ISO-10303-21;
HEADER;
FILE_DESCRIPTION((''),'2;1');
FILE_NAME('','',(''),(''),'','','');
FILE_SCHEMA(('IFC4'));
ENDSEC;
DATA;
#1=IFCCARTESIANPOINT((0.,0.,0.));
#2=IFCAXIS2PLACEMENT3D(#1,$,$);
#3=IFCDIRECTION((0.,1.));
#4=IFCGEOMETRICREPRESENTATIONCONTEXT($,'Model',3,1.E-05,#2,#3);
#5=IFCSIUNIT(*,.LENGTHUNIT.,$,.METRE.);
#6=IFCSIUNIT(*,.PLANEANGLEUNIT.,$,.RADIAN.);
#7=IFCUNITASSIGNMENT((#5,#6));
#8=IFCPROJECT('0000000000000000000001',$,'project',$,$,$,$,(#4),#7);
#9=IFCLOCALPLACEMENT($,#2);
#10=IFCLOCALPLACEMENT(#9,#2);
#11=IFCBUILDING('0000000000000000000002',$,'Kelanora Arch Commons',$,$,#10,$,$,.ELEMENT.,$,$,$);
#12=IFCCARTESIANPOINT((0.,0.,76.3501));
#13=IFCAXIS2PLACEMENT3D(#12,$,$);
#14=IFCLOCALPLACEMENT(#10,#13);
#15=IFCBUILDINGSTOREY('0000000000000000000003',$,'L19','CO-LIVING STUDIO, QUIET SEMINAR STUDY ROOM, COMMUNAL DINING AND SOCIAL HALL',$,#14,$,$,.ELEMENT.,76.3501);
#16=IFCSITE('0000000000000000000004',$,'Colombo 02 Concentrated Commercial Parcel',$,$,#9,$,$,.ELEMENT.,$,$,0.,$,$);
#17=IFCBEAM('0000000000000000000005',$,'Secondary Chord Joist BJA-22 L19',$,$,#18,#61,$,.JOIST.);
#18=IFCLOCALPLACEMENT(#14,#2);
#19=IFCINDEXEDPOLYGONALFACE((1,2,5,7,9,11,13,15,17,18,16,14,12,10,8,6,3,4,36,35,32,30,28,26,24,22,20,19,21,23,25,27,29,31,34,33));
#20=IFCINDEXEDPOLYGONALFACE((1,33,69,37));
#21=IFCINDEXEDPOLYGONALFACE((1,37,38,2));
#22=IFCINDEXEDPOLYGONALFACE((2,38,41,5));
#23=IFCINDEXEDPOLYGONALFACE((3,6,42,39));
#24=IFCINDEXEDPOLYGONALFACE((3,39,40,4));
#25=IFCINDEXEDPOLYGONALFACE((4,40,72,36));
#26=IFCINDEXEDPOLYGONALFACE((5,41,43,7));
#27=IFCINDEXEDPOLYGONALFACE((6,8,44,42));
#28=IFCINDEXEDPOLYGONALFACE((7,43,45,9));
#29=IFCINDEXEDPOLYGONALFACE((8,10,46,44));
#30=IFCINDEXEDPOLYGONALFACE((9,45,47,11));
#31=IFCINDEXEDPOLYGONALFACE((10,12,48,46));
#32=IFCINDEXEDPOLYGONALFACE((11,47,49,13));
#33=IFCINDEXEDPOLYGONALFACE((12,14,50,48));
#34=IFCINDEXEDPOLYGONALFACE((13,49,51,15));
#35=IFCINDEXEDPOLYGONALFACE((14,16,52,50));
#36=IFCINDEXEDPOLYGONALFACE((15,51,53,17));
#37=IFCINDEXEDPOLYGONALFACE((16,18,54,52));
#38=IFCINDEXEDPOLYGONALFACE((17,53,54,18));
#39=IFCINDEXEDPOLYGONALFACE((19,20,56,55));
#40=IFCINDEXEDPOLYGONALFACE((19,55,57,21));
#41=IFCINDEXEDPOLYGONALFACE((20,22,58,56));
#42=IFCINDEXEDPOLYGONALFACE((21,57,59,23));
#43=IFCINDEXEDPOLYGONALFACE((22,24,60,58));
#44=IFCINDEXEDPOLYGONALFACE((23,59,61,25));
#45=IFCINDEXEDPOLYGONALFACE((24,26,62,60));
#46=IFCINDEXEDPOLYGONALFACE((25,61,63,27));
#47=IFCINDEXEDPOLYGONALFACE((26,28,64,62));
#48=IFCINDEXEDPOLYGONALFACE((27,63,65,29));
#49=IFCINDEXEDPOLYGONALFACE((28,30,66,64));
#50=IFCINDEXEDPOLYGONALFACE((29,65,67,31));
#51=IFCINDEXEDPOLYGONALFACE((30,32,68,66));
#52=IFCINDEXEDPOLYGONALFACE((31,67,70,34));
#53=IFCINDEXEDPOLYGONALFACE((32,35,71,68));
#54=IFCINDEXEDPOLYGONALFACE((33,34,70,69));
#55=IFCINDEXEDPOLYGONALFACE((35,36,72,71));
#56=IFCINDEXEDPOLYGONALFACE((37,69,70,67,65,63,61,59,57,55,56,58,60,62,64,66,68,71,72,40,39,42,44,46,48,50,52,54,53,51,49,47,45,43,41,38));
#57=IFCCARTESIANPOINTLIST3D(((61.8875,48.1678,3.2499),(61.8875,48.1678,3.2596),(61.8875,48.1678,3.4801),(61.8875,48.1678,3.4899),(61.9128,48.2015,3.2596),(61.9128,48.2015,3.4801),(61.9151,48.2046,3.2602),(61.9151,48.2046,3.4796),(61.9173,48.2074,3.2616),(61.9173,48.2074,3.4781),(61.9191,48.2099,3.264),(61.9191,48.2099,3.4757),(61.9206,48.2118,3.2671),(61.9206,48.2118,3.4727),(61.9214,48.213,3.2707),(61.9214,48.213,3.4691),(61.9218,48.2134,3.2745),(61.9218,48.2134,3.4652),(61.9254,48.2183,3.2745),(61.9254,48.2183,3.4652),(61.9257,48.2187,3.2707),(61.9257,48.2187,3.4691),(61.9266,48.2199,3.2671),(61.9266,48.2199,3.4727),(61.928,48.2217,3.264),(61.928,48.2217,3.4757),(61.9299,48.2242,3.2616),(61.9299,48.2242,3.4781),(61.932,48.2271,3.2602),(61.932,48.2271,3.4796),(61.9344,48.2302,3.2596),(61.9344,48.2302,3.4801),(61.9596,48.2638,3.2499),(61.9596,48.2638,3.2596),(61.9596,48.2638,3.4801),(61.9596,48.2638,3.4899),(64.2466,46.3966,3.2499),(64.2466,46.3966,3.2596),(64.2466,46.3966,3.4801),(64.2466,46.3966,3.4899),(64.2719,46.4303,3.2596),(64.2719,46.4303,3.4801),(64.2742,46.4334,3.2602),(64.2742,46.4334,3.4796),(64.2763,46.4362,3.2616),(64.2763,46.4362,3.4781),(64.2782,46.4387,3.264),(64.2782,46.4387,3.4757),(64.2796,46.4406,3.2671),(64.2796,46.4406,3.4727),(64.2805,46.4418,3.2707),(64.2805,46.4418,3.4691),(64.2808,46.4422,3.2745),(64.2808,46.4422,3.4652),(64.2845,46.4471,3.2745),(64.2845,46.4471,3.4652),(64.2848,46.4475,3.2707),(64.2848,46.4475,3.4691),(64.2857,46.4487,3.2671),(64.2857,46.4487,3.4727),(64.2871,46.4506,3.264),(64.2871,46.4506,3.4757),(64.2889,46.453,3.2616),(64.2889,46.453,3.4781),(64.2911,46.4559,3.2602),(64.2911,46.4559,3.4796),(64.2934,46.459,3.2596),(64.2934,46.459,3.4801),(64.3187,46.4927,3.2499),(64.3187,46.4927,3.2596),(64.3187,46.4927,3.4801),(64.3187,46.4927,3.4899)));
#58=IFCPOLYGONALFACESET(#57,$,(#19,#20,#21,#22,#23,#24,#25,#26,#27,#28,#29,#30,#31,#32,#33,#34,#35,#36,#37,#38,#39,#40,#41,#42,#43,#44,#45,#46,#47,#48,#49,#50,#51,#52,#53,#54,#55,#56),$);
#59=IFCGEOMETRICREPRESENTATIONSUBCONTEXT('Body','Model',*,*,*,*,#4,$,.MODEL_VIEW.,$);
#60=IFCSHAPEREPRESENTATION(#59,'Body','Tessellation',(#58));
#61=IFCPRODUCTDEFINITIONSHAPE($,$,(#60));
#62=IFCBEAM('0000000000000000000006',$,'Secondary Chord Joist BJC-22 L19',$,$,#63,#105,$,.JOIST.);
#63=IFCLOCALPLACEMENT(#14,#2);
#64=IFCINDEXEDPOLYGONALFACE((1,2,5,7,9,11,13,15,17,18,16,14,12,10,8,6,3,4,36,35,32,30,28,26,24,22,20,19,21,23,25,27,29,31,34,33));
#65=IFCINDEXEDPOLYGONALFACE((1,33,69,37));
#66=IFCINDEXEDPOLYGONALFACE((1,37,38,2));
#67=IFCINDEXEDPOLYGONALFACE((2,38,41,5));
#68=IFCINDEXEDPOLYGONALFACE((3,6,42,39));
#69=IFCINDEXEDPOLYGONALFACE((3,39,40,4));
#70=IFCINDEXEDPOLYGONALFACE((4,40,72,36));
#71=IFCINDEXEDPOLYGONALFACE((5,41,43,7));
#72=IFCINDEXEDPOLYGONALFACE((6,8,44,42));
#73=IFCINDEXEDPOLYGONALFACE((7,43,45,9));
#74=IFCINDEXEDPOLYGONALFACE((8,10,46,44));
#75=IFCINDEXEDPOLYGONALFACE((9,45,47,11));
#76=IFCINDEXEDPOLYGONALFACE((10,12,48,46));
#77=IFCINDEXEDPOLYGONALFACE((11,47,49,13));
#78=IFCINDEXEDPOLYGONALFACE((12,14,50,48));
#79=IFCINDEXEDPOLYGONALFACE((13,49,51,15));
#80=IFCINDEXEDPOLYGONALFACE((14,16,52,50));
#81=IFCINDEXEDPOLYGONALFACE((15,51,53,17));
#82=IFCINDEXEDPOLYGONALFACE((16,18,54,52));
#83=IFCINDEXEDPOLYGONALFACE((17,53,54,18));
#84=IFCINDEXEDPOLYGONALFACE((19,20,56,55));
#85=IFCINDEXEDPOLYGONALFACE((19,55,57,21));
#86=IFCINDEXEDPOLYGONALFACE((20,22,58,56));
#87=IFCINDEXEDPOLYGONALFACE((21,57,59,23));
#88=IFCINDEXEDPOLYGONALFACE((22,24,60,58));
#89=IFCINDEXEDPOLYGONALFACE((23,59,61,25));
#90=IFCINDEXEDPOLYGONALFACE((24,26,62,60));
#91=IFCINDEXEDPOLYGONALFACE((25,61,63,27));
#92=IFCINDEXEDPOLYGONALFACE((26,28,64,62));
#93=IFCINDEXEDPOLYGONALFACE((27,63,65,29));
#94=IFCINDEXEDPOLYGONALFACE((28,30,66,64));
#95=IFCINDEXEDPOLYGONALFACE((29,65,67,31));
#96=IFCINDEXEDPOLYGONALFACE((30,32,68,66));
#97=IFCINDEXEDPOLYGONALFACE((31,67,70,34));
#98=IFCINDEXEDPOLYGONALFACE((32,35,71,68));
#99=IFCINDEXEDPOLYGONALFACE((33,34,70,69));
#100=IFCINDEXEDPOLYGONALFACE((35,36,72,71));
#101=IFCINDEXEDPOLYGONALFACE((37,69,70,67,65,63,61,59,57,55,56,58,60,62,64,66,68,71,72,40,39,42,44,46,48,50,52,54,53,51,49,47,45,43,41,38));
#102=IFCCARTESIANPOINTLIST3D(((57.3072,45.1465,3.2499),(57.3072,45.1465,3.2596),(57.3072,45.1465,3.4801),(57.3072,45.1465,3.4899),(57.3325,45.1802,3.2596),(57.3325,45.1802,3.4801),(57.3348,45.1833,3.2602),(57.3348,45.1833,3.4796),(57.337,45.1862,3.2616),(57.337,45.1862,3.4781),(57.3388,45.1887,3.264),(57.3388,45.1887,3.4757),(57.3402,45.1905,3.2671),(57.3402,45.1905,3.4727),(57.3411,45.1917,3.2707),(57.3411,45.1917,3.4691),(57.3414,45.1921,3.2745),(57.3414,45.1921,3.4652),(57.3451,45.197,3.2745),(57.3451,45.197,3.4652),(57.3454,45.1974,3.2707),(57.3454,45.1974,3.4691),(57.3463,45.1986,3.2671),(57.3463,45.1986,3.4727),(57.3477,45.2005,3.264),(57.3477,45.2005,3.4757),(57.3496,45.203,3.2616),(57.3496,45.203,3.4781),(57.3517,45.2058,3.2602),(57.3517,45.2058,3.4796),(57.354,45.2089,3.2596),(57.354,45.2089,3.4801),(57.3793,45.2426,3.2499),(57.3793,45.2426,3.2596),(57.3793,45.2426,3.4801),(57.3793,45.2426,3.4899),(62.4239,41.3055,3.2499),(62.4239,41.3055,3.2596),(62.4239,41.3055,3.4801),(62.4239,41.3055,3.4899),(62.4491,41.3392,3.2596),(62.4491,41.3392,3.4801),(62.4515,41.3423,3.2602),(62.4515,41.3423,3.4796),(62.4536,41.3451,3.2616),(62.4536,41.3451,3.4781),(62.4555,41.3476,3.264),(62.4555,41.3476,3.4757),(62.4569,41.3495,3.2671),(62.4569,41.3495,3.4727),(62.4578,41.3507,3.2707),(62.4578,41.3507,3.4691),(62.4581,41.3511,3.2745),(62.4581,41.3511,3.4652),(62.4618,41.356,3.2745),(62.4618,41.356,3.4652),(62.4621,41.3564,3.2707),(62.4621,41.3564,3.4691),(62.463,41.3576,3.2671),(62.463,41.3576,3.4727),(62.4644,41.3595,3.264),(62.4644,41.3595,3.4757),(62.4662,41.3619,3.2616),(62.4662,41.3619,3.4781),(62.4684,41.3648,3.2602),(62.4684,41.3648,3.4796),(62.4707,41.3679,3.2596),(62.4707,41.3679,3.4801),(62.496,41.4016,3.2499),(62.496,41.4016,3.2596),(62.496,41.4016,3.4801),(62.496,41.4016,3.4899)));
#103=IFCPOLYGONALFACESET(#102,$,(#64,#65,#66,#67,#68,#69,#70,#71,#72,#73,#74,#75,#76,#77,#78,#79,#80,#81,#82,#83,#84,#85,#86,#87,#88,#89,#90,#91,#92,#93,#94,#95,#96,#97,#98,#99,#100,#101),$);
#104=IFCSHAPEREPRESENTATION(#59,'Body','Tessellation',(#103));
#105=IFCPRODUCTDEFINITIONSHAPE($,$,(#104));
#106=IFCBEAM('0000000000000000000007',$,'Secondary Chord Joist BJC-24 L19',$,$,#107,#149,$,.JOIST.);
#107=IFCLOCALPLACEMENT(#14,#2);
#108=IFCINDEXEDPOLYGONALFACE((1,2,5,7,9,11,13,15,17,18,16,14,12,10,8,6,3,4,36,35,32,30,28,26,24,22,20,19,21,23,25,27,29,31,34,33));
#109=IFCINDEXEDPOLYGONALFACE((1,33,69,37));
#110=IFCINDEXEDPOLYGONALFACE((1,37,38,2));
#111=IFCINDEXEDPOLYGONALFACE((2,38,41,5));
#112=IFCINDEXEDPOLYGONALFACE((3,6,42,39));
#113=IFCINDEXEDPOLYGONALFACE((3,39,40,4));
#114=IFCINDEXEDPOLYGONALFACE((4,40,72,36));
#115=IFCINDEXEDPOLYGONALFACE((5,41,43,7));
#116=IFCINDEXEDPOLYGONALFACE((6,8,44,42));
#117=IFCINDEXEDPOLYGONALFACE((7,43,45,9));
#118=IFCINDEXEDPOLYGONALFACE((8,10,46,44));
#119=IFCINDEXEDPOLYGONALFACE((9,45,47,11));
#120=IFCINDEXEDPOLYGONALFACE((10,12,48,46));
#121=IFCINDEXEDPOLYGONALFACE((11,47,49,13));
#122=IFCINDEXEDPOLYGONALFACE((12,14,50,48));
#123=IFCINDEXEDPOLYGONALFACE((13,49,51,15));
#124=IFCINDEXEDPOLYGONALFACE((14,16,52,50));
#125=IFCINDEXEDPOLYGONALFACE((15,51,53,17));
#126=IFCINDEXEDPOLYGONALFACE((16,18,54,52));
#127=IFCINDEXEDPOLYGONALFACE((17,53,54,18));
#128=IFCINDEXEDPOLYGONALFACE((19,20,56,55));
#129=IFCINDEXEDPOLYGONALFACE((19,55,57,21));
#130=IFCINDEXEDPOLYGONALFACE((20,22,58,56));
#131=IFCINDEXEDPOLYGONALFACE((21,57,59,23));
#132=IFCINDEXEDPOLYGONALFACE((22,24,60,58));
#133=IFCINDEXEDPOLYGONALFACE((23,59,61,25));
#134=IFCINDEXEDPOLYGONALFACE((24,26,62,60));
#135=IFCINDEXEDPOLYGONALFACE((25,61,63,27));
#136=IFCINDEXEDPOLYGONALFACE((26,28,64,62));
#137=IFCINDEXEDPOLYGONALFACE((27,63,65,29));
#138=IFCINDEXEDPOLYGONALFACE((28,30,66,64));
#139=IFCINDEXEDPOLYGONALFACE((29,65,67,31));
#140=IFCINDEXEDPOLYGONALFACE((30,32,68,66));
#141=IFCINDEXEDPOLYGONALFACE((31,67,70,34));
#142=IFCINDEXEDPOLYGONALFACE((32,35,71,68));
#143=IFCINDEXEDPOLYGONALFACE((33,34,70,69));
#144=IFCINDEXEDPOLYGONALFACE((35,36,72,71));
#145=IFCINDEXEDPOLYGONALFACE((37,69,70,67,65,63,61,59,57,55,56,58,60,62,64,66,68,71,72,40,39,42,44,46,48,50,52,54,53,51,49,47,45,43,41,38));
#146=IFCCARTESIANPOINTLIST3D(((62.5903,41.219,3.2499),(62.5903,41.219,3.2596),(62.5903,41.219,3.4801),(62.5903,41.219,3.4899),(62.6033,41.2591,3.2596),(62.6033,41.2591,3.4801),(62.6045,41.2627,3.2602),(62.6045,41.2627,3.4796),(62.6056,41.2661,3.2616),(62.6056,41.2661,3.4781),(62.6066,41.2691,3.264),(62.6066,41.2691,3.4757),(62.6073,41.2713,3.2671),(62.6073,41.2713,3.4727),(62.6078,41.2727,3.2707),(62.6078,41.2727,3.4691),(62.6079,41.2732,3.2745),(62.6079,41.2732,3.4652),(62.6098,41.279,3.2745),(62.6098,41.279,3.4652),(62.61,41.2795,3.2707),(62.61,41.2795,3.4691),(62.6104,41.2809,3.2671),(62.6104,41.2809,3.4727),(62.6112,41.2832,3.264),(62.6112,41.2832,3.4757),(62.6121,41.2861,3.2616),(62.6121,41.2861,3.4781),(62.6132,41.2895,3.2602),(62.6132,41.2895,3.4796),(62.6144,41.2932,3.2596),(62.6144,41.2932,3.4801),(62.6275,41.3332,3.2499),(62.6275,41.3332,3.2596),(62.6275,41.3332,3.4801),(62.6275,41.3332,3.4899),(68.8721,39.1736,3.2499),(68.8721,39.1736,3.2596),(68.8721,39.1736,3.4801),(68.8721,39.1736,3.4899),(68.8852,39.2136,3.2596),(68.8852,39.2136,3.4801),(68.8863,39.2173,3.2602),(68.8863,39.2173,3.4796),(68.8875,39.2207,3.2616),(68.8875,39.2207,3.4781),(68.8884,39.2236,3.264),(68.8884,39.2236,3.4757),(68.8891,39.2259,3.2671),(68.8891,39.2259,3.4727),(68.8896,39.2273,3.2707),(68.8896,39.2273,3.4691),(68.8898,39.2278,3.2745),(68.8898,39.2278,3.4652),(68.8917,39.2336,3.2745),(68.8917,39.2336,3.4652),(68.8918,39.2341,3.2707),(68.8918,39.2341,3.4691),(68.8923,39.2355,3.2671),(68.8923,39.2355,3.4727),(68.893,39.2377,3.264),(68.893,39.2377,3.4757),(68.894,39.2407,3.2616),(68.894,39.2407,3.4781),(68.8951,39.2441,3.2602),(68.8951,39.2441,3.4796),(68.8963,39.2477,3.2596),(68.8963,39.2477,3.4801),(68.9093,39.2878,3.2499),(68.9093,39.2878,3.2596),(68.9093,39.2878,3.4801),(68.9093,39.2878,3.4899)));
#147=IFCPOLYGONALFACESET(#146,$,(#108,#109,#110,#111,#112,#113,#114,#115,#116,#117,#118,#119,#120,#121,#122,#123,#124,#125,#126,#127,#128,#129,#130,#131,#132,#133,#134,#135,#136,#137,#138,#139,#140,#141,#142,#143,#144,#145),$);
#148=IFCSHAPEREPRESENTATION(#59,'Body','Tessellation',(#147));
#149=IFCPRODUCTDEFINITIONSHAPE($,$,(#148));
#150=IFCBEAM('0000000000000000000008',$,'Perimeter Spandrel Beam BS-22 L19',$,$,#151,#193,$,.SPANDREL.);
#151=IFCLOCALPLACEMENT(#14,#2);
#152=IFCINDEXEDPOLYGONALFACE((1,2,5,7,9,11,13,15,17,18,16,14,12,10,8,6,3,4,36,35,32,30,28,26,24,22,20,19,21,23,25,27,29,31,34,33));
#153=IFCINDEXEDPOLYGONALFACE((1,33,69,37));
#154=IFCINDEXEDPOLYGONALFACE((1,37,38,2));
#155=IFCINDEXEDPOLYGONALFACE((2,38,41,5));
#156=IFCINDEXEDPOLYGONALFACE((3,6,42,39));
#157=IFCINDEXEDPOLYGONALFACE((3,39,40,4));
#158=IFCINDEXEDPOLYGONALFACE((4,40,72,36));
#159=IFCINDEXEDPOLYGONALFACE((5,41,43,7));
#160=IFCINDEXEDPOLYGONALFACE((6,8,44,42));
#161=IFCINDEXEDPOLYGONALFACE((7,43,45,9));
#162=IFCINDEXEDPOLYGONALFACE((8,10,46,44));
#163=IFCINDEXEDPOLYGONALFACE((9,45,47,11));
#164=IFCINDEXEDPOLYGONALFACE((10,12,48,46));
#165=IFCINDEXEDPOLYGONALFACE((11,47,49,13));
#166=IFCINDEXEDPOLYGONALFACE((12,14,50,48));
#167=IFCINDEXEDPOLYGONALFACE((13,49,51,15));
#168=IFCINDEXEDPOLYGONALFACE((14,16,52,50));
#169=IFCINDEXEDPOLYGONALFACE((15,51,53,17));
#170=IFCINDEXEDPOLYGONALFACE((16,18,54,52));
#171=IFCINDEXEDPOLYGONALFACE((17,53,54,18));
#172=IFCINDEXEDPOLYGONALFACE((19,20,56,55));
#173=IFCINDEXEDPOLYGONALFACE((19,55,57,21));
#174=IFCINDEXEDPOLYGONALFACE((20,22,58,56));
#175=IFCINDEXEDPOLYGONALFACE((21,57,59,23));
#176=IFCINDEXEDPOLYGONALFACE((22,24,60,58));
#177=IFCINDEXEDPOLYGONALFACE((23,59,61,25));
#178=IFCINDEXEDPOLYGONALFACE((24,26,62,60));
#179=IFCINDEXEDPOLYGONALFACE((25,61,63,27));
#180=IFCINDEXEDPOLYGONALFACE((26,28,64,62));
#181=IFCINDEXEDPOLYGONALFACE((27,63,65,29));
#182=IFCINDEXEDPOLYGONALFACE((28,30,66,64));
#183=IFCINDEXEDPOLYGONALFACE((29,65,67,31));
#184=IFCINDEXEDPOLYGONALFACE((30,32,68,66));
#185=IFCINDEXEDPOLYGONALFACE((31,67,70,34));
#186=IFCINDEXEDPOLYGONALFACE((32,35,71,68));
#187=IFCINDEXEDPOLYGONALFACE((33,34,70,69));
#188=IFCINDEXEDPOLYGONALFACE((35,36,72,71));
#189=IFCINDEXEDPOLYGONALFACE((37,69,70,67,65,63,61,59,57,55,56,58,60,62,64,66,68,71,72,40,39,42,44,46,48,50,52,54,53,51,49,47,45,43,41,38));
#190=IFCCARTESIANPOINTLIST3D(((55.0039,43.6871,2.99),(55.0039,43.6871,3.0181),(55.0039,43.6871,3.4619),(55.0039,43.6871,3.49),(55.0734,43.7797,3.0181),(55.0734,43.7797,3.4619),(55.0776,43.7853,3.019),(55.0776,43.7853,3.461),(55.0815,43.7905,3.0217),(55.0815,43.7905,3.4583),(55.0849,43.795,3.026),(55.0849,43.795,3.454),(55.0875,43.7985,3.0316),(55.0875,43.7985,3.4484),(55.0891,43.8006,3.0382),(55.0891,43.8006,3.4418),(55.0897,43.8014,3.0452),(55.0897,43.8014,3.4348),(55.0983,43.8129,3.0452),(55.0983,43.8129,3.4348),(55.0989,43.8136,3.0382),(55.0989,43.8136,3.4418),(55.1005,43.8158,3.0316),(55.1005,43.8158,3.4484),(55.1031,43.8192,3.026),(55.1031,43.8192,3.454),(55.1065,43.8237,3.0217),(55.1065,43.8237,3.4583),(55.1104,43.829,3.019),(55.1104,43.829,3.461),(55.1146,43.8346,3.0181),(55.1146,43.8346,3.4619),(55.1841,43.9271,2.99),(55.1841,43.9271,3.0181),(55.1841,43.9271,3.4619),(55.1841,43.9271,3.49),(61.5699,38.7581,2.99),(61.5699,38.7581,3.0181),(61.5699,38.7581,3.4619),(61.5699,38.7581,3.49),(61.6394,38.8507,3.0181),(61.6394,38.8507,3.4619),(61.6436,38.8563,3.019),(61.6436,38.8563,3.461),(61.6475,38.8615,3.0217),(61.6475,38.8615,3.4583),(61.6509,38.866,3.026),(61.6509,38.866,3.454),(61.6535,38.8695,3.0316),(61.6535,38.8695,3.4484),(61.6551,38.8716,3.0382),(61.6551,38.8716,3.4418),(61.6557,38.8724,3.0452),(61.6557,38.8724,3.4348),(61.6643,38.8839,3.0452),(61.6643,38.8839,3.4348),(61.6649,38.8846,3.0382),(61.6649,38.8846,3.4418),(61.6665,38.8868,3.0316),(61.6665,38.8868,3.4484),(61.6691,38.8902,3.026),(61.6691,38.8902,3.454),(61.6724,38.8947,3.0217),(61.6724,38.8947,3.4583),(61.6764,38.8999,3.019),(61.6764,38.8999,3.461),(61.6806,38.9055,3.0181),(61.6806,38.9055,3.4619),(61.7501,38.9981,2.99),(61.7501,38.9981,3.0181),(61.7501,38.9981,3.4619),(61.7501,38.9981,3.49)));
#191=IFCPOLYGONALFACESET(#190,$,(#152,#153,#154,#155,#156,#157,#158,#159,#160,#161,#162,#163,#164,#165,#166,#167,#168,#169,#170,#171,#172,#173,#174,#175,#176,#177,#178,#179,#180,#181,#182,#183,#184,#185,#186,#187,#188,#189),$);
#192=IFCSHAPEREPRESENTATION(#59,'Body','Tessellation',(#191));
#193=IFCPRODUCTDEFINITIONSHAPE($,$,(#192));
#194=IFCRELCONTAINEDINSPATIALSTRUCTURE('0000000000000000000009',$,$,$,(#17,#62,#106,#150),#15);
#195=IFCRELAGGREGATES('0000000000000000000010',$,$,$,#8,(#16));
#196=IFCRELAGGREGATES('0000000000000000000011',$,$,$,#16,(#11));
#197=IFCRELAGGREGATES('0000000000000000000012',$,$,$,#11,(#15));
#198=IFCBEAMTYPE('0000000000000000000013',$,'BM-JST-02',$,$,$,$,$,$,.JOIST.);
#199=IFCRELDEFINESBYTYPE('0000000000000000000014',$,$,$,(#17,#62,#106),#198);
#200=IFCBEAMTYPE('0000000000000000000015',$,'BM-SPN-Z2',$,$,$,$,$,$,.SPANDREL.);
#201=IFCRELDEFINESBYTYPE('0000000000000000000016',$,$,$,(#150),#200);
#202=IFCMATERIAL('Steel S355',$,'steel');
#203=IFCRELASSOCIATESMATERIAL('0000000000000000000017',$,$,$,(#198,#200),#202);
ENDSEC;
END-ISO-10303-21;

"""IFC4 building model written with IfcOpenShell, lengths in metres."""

from ifc_helpers import new_model, si_unit, direction, frame, origin, origin_2d, place, context, subcontext, project, spatial, i_section, extrude, material, material_profile, profile_set, type_object, element, save


model = new_model("IFC4")

# Units and contexts
model_context = context("Model", 3, precision=1e-05, world=origin(), true_north=direction((0.0, 1.0)))
body_context = subcontext(model_context, "Body", "Model", "MODEL_VIEW")
ifc_project = project(units=[si_unit("LENGTHUNIT", "METRE"), si_unit("PLANEANGLEUNIT", "RADIAN")], contexts=[model_context])

# Site, building, storey
site_placement = place(None, origin())
site = spatial("IfcSite", under=ifc_project, at=site_placement, Name="Colombo 02 Concentrated Commercial Parcel", CompositionType="ELEMENT", RefElevation=0.0)
building_placement = place(site_placement, origin())
building = spatial("IfcBuilding", under=site, at=building_placement, Name="Kelanora Arch Commons", CompositionType="ELEMENT")
storey_placement = place(building_placement, frame((0.0, 0.0, 76.3501)))
storey = spatial("IfcBuildingStorey", under=building, at=storey_placement, Name="L19", Description="CO-LIVING STUDIO, QUIET SEMINAR STUDY ROOM, COMMUNAL DINING AND SOCIAL HALL", CompositionType="ELEMENT", Elevation=76.3501)

# Beams
ifc_material_1 = material(Name="Steel S355", Category="steel")
ifc_material_profile_1 = material_profile(ifc_material_1, i_section(OverallWidth=0.1201, OverallDepth=0.24, WebThickness=0.0061, FlangeThickness=0.0098, FilletRadius=0.0149, at=origin_2d()), Name="IPE240")
ifc_profile_set_1 = profile_set([ifc_material_profile_1], Name="Steel S355")
beam_type_1 = type_object("IfcBeamType", Name="BM-JST-02", PredefinedType="JOIST", material=ifc_profile_set_1)
beam_1_placement = place(storey_placement, frame((61.9236, 48.2158, 3.3699), z_axis=(0.799692, -0.60041, 0.0), x_axis=(0.60041, 0.799692, 0.0)))
element("IfcBeam", 1, at=beam_1_placement, inside=storey, type_object=beam_type_1, Name="Secondary Chord Joist BJA-22 L19", PredefinedType="JOIST", context=body_context, shape_type="SweptSolid", body=[
    extrude(i_section(OverallWidth=0.1201, OverallDepth=0.24, WebThickness=0.0061, FlangeThickness=0.0098, FilletRadius=0.0149, at=origin_2d()), origin(), (0.0, 0.0, 1.0), 2.95),
])
beam_2_placement = place(storey_placement, frame((57.3433, 45.1946, 3.3699), z_axis=(0.799734, -0.600354, 0.0), x_axis=(0.600354, 0.799734, 0.0)))
element("IfcBeam", 2, at=beam_2_placement, inside=storey, type_object=beam_type_1, Name="Secondary Chord Joist BJC-22 L19", PredefinedType="JOIST", context=body_context, shape_type="SweptSolid", body=[
    extrude(i_section(OverallWidth=0.1201, OverallDepth=0.24, WebThickness=0.0061, FlangeThickness=0.0098, FilletRadius=0.0149, at=origin_2d()), origin(), (0.0, 0.0, 1.0), 6.3979),
])
beam_3_placement = place(storey_placement, frame((62.6089, 41.2761, 3.3699), z_axis=(0.950863, -0.309612, 0.0), x_axis=(0.309612, 0.950863, 0.0)))
element("IfcBeam", 3, at=beam_3_placement, inside=storey, type_object=beam_type_1, Name="Secondary Chord Joist BJC-24 L19", PredefinedType="JOIST", context=body_context, shape_type="SweptSolid", body=[
    extrude(i_section(OverallWidth=0.1201, OverallDepth=0.24, WebThickness=0.0061, FlangeThickness=0.0098, FilletRadius=0.0149, at=origin_2d()), origin(), (0.0, 0.0, 1.0), 6.6064),
])
ifc_material_profile_2 = material_profile(ifc_material_1, i_section(OverallWidth=0.3, OverallDepth=0.5, WebThickness=0.0144, FlangeThickness=0.0281, FilletRadius=0.0271, at=origin_2d()), Name="HEB500")
ifc_profile_set_2 = profile_set([ifc_material_profile_2], Name="Steel S355")
beam_type_2 = type_object("IfcBeamType", Name="BM-SPN-Z2", PredefinedType="SPANDREL", material=ifc_profile_set_2)
beam_4_placement = place(storey_placement, frame((55.094, 43.8071, 3.24), z_axis=(0.799736, -0.600352, 0.0), x_axis=(0.600352, 0.799736, 0.0)))
element("IfcBeam", 4, at=beam_4_placement, inside=storey, type_object=beam_type_2, Name="Perimeter Spandrel Beam BS-22 L19", PredefinedType="SPANDREL", context=body_context, shape_type="SweptSolid", body=[
    extrude(i_section(OverallWidth=0.3, OverallDepth=0.5, WebThickness=0.0144, FlangeThickness=0.0281, FilletRadius=0.0271, at=origin_2d()), origin(), (0.0, 0.0, 1.0), 8.2102),
])

save(model, "model.ifc")
